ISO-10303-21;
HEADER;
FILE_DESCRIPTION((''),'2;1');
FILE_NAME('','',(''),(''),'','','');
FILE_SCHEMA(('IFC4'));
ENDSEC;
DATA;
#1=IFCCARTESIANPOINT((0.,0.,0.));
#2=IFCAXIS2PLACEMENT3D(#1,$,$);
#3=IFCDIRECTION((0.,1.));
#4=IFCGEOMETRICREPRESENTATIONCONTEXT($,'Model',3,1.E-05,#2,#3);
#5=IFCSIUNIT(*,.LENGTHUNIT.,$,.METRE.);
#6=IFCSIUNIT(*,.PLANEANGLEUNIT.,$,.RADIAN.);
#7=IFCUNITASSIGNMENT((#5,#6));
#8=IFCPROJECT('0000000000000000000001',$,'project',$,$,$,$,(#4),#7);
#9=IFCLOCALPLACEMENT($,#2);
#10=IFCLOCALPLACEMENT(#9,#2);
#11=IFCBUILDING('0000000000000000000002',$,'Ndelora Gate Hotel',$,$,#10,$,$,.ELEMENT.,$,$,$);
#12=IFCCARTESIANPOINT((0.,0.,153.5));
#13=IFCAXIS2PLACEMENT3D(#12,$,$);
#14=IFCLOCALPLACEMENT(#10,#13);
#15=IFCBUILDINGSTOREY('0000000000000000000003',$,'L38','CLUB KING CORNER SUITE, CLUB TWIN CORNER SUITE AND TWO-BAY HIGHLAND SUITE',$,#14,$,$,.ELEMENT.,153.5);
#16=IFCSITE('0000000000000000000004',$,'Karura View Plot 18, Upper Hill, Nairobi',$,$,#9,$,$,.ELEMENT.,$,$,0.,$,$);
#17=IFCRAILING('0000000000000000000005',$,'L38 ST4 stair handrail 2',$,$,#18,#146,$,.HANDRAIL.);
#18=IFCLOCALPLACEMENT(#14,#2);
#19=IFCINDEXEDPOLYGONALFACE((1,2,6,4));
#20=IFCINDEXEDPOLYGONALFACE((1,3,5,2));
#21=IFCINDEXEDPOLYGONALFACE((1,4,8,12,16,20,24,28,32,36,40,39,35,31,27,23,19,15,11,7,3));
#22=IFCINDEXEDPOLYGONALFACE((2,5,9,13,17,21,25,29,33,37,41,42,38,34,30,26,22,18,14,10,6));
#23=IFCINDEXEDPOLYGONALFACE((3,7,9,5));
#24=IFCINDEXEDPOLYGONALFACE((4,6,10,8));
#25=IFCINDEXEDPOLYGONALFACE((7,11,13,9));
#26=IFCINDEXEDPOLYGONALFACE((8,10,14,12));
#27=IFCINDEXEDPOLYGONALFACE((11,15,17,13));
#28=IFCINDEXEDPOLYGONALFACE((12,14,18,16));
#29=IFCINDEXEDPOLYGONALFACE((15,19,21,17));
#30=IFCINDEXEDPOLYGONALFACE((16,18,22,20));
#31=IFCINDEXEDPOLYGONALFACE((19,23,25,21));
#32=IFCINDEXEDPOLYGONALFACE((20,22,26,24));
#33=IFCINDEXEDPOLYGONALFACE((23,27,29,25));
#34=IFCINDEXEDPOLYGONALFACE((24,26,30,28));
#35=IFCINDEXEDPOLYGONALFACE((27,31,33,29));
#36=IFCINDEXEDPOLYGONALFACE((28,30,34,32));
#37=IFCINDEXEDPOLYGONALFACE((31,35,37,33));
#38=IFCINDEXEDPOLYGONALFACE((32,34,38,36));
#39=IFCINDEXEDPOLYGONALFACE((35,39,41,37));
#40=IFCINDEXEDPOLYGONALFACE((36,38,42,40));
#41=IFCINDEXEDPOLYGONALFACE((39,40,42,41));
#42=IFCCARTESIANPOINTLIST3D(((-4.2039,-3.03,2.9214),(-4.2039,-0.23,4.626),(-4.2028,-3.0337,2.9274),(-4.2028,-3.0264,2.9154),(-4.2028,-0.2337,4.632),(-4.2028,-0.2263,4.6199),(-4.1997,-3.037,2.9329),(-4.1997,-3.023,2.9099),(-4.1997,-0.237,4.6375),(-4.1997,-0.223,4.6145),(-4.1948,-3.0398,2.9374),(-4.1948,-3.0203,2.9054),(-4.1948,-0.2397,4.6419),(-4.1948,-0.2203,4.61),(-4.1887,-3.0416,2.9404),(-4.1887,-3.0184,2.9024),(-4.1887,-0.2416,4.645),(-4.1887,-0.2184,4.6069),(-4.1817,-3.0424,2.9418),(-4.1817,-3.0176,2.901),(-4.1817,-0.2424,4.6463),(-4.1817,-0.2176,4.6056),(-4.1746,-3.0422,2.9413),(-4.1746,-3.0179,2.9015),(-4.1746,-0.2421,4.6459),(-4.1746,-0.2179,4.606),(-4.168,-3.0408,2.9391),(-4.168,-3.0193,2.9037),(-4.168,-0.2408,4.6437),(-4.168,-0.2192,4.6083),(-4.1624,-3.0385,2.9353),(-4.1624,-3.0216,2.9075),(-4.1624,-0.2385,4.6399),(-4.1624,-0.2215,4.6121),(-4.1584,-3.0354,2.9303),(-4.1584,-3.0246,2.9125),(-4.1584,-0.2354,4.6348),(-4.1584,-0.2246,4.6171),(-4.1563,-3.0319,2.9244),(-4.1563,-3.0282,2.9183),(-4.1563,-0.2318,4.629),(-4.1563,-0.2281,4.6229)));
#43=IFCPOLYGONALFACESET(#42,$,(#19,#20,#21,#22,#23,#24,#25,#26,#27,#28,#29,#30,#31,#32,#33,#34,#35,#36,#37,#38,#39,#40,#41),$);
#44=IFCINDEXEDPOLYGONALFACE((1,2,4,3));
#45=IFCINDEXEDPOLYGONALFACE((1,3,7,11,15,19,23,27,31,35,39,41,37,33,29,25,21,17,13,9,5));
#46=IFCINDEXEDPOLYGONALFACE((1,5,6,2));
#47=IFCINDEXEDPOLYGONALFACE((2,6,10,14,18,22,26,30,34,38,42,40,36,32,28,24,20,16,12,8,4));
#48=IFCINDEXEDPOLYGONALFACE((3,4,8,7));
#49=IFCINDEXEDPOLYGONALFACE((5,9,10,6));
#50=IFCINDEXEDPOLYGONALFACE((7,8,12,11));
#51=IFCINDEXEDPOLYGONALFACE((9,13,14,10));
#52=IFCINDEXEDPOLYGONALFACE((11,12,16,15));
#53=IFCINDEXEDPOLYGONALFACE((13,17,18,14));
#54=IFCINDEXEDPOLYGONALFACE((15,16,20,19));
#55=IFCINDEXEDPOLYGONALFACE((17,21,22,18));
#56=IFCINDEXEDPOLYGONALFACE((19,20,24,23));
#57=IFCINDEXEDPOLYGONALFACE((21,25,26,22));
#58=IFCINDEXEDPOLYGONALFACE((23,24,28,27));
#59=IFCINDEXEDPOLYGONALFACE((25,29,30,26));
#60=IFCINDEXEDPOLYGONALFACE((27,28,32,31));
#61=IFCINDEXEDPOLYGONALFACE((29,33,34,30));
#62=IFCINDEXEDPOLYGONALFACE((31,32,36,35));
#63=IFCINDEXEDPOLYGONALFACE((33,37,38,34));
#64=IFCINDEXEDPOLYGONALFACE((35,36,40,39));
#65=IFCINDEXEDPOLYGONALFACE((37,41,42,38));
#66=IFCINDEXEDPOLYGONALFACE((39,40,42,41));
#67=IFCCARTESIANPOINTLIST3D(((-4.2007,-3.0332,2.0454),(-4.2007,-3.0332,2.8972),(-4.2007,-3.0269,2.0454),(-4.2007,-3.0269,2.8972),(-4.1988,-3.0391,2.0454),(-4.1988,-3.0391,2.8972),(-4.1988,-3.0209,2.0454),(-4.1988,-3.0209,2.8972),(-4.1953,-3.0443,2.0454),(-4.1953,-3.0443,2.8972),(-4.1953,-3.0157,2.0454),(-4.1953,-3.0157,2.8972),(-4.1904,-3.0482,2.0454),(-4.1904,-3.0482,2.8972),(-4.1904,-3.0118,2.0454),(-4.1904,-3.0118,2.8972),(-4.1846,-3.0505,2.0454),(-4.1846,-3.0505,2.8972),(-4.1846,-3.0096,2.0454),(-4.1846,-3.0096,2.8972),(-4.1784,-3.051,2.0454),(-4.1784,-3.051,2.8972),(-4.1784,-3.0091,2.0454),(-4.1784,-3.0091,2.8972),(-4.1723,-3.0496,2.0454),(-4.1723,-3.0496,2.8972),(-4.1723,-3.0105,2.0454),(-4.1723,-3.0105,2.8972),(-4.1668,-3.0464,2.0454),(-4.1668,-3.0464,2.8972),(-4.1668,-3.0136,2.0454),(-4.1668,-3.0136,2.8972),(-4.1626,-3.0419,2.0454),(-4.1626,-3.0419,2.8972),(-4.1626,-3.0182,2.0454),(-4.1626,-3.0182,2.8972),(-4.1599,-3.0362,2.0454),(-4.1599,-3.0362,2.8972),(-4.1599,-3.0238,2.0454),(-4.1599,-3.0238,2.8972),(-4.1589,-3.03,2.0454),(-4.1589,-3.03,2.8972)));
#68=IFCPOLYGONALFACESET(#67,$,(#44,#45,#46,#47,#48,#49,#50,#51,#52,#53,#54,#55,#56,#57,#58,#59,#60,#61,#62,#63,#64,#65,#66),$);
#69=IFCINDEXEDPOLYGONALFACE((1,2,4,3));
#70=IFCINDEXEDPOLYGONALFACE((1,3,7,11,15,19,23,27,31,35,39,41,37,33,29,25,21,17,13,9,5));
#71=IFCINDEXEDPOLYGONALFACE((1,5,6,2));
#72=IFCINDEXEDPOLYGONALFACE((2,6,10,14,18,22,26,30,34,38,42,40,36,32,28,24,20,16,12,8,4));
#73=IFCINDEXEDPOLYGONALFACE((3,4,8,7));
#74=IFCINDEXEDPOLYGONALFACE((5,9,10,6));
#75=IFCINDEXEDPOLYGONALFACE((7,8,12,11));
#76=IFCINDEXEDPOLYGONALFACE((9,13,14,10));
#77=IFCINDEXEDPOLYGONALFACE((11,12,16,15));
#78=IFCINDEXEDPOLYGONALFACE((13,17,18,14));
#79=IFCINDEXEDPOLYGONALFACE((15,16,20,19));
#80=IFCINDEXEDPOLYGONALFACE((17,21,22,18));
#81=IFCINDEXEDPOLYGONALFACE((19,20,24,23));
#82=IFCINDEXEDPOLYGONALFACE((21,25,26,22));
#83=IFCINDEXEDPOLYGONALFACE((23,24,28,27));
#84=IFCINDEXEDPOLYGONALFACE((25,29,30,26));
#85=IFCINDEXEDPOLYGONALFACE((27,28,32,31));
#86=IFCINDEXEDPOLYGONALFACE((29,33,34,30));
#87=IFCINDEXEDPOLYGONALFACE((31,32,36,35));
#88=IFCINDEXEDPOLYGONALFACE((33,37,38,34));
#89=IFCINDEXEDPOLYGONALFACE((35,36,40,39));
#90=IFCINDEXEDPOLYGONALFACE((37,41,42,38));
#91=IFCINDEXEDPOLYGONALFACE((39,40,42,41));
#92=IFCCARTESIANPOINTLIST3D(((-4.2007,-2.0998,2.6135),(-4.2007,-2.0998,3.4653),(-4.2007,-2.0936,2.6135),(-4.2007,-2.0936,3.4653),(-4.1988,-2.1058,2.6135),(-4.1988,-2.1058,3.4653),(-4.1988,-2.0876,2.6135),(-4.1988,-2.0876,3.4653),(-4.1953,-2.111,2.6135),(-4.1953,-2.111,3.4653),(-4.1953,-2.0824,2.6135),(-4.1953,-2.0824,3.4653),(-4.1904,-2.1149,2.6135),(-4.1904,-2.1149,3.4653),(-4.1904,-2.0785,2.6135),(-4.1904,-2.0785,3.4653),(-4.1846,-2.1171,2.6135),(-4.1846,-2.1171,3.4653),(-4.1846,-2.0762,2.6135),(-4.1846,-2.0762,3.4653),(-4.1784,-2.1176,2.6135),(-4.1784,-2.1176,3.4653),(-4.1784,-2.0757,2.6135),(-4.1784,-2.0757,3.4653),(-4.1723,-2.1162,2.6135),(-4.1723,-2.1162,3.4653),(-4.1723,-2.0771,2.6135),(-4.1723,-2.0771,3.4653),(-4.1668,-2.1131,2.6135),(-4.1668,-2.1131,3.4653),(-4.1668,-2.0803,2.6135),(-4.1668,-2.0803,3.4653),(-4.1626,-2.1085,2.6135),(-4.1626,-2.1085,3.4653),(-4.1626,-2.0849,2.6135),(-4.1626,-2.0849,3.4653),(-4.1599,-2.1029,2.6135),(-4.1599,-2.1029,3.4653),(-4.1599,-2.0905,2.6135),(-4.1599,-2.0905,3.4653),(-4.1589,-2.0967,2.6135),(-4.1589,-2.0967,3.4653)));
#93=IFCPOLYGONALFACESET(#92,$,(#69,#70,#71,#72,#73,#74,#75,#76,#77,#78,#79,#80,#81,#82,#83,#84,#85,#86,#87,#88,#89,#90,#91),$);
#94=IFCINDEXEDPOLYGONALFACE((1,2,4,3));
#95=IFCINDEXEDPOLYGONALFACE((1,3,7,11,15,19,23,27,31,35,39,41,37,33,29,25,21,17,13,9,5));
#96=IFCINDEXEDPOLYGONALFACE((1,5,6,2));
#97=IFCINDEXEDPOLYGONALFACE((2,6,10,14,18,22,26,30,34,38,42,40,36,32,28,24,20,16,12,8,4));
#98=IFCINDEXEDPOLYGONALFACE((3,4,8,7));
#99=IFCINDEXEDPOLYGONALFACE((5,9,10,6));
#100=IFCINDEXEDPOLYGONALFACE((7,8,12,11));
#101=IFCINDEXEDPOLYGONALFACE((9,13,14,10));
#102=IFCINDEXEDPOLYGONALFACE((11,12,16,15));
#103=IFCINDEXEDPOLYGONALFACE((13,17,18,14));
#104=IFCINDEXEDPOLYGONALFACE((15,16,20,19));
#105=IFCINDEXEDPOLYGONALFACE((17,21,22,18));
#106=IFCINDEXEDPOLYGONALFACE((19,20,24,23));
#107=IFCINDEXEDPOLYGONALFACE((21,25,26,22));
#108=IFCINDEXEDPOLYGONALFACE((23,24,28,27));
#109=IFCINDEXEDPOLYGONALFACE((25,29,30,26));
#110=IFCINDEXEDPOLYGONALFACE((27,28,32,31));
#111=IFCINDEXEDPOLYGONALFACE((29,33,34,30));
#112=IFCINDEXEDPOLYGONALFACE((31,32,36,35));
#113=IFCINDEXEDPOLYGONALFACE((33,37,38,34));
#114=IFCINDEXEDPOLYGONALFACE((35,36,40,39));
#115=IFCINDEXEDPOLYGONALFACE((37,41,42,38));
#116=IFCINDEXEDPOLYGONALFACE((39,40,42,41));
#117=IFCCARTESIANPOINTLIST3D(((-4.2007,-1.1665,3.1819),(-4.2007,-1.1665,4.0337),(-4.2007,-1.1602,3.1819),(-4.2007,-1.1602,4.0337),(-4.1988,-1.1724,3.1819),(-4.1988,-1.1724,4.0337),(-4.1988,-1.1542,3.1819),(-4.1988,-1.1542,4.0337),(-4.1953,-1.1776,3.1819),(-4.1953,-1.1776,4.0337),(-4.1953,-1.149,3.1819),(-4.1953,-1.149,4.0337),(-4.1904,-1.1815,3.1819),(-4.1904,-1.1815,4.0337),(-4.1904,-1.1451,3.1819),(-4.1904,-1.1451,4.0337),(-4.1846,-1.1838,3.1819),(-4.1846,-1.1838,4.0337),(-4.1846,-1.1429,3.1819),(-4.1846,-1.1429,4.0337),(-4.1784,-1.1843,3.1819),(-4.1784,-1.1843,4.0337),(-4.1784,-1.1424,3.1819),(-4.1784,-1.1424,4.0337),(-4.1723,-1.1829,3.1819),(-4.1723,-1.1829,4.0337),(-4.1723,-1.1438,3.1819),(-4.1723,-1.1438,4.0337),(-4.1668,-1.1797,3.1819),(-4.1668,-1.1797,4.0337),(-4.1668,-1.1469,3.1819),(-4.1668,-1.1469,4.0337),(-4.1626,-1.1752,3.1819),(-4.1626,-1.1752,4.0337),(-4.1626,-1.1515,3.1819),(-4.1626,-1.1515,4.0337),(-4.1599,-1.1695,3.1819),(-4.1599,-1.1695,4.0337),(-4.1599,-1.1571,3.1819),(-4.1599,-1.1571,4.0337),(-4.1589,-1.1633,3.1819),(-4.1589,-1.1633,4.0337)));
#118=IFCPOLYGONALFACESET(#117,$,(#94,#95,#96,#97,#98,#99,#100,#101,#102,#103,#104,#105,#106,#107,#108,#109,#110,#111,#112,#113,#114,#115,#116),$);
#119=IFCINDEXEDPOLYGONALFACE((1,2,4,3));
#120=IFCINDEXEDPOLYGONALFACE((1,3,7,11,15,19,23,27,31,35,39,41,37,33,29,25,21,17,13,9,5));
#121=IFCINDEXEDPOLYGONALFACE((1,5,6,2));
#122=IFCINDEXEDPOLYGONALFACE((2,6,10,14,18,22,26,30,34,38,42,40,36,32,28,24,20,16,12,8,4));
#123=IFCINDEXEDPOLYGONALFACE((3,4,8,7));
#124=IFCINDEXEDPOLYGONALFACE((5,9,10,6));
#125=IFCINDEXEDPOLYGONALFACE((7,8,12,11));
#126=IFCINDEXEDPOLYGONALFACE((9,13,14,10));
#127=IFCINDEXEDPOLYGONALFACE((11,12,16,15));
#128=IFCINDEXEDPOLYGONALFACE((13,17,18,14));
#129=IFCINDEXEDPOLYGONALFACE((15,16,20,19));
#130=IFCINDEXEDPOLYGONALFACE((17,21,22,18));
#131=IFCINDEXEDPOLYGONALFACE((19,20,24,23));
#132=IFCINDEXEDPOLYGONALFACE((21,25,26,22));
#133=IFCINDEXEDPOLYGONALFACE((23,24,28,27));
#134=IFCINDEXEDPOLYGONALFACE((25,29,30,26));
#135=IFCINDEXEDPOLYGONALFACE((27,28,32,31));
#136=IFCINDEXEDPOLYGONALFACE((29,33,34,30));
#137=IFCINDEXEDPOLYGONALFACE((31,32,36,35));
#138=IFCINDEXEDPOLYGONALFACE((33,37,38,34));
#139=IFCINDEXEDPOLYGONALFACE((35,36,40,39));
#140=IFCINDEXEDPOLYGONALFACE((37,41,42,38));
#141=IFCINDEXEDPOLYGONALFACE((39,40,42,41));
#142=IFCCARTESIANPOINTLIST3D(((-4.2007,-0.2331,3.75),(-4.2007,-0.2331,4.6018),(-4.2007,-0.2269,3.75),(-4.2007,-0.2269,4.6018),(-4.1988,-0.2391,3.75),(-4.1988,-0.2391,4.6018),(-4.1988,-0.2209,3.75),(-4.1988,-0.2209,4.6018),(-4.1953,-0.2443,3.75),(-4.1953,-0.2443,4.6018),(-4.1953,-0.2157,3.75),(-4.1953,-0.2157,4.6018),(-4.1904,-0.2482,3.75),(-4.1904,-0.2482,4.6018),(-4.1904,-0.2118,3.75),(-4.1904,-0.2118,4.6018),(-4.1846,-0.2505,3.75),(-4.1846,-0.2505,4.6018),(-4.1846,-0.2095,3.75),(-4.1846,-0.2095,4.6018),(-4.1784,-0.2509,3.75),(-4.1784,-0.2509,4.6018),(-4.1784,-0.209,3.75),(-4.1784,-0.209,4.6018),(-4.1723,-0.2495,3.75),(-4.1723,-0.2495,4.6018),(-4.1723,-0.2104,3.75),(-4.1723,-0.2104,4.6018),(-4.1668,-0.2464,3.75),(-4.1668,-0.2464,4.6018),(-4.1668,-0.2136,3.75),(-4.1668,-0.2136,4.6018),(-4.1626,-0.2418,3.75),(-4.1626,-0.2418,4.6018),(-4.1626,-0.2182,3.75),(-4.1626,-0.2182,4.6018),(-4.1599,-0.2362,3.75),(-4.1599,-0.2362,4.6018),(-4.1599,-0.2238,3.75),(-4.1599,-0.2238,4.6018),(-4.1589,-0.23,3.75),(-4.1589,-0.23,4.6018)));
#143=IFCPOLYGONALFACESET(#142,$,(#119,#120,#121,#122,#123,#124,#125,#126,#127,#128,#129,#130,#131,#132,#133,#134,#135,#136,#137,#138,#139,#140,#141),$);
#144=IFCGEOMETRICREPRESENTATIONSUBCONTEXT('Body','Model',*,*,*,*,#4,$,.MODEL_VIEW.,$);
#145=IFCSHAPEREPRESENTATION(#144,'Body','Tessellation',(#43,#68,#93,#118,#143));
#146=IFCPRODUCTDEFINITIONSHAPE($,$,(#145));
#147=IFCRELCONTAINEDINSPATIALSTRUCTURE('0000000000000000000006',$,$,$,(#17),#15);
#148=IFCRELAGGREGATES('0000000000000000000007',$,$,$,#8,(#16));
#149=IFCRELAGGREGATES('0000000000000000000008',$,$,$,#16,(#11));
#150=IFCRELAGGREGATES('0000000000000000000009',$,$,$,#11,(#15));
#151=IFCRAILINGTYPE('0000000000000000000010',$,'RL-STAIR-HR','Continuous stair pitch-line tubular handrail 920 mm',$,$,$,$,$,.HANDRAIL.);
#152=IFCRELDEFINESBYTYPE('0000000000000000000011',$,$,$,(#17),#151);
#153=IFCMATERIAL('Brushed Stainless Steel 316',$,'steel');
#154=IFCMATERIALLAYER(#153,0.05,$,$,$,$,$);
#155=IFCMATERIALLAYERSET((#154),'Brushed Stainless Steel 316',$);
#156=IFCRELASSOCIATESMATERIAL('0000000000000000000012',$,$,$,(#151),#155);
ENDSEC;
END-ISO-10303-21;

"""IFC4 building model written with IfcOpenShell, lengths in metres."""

from ifc_helpers import new_model, si_unit, direction, frame, origin, origin_2d, place, context, subcontext, project, spatial, circle, extrude, material, layer, layer_set, type_object, element, save


model = new_model("IFC4")

# Units and contexts
model_context = context("Model", 3, precision=1e-05, world=origin(), true_north=direction((0.0, 1.0)))
body_context = subcontext(model_context, "Body", "Model", "MODEL_VIEW")
ifc_project = project(units=[si_unit("LENGTHUNIT", "METRE"), si_unit("PLANEANGLEUNIT", "RADIAN")], contexts=[model_context])

# Site, building, storey
site_placement = place(None, origin())
site = spatial("IfcSite", under=ifc_project, at=site_placement, Name="Karura View Plot 18, Upper Hill, Nairobi", CompositionType="ELEMENT", RefElevation=0.0)
building_placement = place(site_placement, origin())
building = spatial("IfcBuilding", under=site, at=building_placement, Name="Ndelora Gate Hotel", CompositionType="ELEMENT")
storey_placement = place(building_placement, frame((0.0, 0.0, 153.5)))
storey = spatial("IfcBuildingStorey", under=building, at=storey_placement, Name="L38", Description="CLUB KING CORNER SUITE, CLUB TWIN CORNER SUITE AND TWO-BAY HIGHLAND SUITE", CompositionType="ELEMENT", Elevation=153.5)

# Railing
ifc_material_1 = material(Name="Brushed Stainless Steel 316", Category="steel")
ifc_layer_1 = layer(ifc_material_1, 0.05)
ifc_layer_set_1 = layer_set([ifc_layer_1], Name="Brushed Stainless Steel 316")
railing_type_1 = type_object("IfcRailingType", Name="RL-STAIR-HR", Description="Continuous stair pitch-line tubular handrail 920 mm", PredefinedType="HANDRAIL", material=ifc_layer_set_1)
railing_1_placement = place(storey_placement, frame((-4.1799, -3.03, 2.0454)))
element("IfcRailing", 1, at=railing_1_placement, inside=storey, type_object=railing_type_1, Name="L38 ST4 stair handrail 2", PredefinedType="HANDRAIL", context=body_context, shape_type="SweptSolid", body=[
    extrude(circle(Radius=0.0239, at=origin_2d()), frame((0.0, 0.0, 0.876), z_axis=(0.0, 0.85417, 0.519994), x_axis=(-1.0, 0.0, 0.0)), (0.0, 0.0, 1.0), 3.2781),
    extrude(circle(Radius=0.021, at=origin_2d()), origin(), (0.0, 0.0, 1.0), 0.8518),
    extrude(circle(Radius=0.021, at=origin_2d()), frame((0.0, 0.9333, 0.5681)), (0.0, 0.0, 1.0), 0.8518),
    extrude(circle(Radius=0.021, at=origin_2d()), frame((0.0, 1.8667, 1.1365)), (0.0, 0.0, 1.0), 0.8518),
    extrude(circle(Radius=0.021, at=origin_2d()), frame((0.0, 2.8, 1.7046)), (0.0, 0.0, 1.0), 0.8518),
])

save(model, "model.ifc")
